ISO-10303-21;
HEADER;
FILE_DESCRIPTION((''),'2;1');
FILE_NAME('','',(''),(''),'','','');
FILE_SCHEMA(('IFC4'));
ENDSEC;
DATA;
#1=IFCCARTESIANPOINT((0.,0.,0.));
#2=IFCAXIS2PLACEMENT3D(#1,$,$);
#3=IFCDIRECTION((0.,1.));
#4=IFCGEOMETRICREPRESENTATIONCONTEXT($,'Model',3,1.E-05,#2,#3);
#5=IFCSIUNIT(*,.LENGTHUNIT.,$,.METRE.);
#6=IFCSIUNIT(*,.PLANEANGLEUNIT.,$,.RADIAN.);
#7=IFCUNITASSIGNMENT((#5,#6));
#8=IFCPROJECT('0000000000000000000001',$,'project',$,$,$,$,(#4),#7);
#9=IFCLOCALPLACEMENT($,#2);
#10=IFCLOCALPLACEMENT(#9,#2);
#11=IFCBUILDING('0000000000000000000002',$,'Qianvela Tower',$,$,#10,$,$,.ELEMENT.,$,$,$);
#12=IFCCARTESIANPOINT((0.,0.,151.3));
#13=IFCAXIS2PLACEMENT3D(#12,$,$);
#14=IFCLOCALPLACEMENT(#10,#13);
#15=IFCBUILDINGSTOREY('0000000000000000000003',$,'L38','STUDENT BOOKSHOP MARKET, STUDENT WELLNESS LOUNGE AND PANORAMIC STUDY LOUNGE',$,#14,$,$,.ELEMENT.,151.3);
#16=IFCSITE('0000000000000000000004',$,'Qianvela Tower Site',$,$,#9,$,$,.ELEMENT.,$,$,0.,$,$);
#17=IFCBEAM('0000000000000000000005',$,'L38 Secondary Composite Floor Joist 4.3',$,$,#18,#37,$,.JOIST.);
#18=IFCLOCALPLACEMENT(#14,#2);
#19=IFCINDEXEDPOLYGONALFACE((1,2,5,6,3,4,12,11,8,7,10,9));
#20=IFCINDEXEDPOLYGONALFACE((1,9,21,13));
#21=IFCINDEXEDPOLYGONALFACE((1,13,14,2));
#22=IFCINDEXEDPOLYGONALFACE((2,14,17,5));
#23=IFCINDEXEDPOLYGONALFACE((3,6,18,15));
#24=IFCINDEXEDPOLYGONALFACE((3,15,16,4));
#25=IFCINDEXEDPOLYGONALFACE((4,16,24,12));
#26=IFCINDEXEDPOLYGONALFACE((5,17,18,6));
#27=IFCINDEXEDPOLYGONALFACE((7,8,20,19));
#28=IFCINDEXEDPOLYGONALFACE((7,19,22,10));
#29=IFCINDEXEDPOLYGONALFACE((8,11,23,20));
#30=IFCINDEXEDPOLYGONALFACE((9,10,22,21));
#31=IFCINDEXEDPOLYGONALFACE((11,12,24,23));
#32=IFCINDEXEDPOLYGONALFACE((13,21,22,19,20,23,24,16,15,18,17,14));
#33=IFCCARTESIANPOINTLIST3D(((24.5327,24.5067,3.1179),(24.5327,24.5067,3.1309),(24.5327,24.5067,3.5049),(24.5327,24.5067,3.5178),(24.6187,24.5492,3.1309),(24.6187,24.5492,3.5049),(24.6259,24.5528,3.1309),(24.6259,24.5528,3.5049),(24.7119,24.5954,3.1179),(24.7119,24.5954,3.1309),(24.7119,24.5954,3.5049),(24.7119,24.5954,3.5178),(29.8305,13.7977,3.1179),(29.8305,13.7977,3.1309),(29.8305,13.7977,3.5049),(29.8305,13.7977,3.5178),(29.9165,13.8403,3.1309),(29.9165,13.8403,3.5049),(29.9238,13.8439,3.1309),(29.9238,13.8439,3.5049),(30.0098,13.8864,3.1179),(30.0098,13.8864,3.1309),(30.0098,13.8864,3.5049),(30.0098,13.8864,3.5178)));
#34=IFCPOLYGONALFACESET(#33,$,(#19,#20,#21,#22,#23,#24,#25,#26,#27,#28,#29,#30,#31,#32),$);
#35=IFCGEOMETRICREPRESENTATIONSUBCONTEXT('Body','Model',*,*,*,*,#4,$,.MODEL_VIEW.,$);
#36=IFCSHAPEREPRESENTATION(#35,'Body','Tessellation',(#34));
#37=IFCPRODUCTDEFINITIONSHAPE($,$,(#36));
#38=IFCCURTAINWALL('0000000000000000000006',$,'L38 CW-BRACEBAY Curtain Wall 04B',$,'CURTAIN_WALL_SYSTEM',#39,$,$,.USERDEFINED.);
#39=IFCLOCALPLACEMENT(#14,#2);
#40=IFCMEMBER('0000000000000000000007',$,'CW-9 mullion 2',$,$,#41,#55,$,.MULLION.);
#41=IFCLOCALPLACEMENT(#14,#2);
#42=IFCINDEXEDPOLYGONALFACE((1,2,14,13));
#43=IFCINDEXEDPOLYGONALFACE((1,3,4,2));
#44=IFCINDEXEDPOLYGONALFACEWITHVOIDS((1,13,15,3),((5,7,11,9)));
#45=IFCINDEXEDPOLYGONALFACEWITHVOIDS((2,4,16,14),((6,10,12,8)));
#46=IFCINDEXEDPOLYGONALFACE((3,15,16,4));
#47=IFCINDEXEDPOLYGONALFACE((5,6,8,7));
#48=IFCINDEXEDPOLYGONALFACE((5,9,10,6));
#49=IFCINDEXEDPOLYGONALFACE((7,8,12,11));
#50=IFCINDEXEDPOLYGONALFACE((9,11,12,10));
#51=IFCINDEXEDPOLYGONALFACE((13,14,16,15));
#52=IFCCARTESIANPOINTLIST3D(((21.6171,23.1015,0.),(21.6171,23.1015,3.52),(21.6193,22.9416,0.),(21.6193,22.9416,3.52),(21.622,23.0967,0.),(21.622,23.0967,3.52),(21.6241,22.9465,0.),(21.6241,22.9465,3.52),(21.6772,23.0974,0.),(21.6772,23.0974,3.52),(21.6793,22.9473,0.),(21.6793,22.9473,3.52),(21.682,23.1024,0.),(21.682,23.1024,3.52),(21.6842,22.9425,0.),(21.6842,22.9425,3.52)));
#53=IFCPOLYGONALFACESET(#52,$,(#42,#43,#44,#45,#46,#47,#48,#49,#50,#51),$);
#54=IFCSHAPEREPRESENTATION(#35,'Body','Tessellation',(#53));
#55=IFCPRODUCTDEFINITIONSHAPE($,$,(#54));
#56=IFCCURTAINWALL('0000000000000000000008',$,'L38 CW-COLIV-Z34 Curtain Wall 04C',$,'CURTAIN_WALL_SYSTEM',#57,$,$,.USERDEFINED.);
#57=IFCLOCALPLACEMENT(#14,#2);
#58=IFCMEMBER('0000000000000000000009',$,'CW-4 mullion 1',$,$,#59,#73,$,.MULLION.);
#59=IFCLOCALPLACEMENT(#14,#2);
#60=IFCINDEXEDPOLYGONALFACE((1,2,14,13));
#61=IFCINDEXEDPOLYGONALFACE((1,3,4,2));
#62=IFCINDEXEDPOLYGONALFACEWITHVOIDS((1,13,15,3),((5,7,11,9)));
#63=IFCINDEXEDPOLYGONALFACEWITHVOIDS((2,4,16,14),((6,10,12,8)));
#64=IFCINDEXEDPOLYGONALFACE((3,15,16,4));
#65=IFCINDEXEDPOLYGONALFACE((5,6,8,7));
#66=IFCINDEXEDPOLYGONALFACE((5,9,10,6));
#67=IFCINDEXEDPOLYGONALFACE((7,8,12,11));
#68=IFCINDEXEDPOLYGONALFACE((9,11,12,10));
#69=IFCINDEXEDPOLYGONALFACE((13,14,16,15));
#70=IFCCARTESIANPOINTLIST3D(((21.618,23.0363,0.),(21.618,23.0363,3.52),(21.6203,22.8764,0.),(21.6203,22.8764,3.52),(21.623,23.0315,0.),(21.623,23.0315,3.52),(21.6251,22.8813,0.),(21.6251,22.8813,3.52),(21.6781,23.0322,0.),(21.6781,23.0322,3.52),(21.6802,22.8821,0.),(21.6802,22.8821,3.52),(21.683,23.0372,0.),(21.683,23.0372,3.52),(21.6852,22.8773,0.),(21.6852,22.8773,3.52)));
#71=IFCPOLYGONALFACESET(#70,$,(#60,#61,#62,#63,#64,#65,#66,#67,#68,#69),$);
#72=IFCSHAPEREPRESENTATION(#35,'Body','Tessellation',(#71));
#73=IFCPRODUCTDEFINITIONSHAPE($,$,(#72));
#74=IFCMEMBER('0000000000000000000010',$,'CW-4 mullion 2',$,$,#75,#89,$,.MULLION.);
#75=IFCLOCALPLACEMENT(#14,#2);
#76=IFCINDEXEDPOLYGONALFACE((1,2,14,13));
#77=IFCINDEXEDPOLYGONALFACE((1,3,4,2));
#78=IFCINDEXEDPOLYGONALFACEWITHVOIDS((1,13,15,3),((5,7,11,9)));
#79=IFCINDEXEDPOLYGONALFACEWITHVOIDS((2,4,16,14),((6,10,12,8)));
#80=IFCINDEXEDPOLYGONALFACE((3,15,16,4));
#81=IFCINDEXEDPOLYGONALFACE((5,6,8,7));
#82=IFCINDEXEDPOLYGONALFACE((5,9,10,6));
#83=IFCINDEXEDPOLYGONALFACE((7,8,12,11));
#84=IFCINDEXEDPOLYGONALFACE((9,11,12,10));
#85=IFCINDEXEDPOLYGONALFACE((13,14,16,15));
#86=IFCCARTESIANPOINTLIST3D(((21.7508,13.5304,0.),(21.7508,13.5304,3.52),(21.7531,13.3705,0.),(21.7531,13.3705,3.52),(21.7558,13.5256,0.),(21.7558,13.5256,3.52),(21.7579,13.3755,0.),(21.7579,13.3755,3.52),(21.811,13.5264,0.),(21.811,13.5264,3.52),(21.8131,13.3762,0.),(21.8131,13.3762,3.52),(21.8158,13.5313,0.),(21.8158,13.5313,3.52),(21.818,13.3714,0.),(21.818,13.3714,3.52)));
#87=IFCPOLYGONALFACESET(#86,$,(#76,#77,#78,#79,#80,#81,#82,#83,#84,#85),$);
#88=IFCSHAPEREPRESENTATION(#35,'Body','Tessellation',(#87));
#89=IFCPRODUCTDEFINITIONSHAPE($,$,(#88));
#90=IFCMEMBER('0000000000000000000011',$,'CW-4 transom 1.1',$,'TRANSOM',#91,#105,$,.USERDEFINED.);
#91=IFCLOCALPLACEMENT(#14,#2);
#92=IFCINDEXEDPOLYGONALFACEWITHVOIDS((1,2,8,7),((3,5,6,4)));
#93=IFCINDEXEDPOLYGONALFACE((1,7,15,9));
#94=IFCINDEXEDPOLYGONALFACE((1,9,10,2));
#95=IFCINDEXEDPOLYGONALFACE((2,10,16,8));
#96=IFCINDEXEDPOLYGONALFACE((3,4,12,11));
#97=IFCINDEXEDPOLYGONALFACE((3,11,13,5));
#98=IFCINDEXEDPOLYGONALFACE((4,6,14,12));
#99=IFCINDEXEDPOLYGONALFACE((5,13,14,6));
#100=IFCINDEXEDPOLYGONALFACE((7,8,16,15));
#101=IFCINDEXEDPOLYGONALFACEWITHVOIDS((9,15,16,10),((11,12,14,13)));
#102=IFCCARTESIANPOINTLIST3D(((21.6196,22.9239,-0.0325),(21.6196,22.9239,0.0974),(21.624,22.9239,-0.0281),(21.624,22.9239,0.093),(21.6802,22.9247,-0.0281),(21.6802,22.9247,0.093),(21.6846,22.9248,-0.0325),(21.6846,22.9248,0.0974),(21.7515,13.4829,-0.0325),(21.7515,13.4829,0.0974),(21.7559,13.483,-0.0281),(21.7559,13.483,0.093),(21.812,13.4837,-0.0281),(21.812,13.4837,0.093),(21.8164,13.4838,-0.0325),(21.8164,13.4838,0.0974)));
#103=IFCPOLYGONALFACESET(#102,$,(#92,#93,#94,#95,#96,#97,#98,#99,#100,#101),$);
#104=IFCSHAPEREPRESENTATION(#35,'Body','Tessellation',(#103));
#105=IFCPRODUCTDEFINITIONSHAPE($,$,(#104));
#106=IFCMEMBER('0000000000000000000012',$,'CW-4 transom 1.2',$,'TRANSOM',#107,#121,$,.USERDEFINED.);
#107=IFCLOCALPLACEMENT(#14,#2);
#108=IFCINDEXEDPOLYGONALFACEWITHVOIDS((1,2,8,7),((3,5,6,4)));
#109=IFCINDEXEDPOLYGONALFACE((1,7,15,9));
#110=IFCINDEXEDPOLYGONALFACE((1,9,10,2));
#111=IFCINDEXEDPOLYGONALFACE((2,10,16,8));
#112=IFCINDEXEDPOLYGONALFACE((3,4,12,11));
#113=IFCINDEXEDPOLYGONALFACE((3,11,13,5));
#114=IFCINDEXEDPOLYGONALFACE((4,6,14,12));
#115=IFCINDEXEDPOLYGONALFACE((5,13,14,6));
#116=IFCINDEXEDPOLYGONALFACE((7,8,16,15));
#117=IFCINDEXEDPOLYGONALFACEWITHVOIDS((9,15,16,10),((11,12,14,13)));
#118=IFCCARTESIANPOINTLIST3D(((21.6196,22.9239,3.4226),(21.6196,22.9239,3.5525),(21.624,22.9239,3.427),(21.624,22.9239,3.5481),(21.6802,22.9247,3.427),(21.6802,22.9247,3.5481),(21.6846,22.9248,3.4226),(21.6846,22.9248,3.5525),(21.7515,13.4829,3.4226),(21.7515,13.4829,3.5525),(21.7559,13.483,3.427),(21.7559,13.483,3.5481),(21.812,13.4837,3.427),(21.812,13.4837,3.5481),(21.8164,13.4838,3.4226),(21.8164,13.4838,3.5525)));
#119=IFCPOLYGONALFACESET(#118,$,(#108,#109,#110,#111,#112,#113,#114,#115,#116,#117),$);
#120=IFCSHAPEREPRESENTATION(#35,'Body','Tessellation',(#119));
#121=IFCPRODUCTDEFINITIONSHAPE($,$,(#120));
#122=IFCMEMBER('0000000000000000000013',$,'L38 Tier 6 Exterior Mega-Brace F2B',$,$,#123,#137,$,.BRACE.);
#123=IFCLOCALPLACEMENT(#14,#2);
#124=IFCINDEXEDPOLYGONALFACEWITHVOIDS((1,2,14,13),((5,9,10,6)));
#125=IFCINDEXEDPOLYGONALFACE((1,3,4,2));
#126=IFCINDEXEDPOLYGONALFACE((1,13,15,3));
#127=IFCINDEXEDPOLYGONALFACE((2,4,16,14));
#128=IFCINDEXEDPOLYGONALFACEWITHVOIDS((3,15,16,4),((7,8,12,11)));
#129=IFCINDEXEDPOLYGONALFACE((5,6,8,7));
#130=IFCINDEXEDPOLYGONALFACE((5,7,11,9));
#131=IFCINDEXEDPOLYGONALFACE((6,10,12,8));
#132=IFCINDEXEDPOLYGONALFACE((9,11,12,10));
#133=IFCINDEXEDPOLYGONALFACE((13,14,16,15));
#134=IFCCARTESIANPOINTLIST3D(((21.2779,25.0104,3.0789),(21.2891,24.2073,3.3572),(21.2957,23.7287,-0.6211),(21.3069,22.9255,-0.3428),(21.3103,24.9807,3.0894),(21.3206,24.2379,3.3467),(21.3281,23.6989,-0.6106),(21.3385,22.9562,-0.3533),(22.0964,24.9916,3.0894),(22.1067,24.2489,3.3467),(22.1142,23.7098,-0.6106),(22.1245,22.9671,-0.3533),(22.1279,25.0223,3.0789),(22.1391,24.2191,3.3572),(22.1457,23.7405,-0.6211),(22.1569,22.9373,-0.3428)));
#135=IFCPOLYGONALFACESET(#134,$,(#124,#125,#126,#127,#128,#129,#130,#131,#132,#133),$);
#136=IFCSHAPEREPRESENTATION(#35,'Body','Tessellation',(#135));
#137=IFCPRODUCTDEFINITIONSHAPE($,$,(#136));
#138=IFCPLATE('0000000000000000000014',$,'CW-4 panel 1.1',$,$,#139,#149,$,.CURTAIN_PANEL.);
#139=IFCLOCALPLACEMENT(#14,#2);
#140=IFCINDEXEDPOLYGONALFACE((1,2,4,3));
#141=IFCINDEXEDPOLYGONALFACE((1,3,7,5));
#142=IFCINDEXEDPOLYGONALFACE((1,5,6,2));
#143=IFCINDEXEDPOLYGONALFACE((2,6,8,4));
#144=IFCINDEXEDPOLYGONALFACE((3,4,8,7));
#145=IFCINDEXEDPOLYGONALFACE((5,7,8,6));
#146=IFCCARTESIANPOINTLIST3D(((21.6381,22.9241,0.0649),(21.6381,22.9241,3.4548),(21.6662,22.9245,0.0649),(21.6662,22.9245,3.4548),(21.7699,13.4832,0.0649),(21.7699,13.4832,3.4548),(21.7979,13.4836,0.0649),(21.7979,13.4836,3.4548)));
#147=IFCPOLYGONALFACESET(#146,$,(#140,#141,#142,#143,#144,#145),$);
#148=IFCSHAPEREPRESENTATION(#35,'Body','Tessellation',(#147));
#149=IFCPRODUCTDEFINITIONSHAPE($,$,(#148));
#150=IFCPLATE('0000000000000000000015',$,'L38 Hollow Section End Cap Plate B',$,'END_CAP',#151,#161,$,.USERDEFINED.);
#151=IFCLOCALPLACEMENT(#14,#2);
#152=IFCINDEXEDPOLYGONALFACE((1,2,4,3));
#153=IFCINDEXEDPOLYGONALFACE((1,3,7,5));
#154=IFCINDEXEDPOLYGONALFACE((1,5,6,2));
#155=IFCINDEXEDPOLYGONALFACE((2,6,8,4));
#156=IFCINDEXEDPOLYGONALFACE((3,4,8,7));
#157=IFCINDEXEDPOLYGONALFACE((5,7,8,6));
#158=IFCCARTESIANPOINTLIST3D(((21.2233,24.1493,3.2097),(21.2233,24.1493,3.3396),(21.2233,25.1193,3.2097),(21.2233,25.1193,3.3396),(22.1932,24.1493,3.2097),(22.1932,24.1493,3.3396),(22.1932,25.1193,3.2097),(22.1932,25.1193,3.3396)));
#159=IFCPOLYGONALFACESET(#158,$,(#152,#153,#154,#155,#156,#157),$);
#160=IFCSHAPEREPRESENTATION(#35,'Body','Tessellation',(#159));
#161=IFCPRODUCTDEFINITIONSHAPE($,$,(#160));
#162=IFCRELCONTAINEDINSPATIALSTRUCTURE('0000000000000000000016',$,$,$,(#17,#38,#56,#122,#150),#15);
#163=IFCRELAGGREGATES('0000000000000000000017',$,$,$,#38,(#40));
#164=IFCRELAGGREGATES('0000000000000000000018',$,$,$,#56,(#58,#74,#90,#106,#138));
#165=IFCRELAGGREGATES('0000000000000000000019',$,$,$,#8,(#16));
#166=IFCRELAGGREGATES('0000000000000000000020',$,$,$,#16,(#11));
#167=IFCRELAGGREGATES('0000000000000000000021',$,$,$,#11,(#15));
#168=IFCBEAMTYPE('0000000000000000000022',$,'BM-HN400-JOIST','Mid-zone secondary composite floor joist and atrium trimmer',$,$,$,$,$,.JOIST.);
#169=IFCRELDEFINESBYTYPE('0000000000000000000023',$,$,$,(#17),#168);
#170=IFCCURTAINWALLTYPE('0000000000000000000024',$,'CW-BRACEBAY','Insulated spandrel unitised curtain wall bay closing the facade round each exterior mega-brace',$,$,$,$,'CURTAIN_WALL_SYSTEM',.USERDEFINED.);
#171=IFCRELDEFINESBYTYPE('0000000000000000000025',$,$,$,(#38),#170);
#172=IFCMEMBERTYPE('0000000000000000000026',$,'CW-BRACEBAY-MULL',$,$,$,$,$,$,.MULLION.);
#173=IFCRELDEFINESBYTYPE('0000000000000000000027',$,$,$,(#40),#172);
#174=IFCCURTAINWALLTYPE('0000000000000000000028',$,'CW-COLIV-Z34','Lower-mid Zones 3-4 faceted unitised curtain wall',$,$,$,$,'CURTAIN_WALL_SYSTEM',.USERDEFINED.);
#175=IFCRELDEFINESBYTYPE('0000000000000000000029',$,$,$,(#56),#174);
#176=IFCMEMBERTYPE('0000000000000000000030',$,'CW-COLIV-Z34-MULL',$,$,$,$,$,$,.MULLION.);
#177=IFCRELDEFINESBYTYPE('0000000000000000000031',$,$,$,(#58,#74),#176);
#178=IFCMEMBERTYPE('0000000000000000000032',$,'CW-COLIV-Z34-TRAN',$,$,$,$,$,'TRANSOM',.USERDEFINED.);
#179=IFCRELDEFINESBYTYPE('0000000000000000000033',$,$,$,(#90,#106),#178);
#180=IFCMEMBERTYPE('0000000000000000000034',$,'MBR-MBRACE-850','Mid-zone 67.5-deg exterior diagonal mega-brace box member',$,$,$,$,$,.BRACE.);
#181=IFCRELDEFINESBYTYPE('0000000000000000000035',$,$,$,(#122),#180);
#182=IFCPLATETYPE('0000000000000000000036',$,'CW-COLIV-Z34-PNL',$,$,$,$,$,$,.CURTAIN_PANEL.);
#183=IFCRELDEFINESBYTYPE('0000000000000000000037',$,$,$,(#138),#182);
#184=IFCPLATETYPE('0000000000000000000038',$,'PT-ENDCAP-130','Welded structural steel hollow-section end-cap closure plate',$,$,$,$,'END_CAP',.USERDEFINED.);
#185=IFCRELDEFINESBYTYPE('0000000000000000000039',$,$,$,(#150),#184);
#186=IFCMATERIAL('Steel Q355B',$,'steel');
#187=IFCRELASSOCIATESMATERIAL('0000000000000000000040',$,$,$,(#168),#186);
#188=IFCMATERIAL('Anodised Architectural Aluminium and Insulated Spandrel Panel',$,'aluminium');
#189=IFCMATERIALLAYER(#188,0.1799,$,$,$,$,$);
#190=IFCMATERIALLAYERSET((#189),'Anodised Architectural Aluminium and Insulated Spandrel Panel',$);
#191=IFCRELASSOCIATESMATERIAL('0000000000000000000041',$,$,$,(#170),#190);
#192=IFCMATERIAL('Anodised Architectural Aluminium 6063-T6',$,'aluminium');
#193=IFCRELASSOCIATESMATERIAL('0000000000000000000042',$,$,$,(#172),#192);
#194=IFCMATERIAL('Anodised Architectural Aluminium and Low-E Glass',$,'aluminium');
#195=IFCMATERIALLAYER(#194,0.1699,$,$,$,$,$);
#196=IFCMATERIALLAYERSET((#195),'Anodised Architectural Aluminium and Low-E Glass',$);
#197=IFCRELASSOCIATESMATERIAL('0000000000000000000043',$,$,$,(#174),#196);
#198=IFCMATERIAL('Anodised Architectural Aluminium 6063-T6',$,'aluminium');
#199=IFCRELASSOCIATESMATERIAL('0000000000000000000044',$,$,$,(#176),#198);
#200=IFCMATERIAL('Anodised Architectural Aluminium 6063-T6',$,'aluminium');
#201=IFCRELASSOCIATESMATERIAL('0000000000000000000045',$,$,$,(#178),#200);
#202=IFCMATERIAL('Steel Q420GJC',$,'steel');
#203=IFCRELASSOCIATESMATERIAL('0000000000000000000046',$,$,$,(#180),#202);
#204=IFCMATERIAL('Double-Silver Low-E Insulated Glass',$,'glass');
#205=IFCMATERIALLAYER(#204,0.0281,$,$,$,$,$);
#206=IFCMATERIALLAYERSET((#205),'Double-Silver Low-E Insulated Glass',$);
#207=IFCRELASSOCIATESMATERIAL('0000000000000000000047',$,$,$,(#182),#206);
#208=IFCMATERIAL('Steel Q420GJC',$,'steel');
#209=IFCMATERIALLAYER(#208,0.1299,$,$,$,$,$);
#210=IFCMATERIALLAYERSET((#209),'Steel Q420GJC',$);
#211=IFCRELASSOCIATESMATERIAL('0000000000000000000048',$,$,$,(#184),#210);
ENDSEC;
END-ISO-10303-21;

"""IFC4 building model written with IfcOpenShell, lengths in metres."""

from ifc_helpers import new_model, si_unit, direction, frame, origin, origin_2d, place, context, subcontext, project, spatial, rectangle, hollow_rectangle, i_section, extrude, material, layer, layer_set, material_profile, profile_set, type_object, element, aggregate, save


model = new_model("IFC4")

# Units and contexts
model_context = context("Model", 3, precision=1e-05, world=origin(), true_north=direction((0.0, 1.0)))
body_context = subcontext(model_context, "Body", "Model", "MODEL_VIEW")
ifc_project = project(units=[si_unit("LENGTHUNIT", "METRE"), si_unit("PLANEANGLEUNIT", "RADIAN")], contexts=[model_context])

# Site, building, storey
site_placement = place(None, origin())
site = spatial("IfcSite", under=ifc_project, at=site_placement, Name="Qianvela Tower Site", CompositionType="ELEMENT", RefElevation=0.0)
building_placement = place(site_placement, origin())
building = spatial("IfcBuilding", under=site, at=building_placement, Name="Qianvela Tower", CompositionType="ELEMENT")
storey_placement = place(building_placement, frame((0.0, 0.0, 151.3)))
storey = spatial("IfcBuildingStorey", under=building, at=storey_placement, Name="L38", Description="STUDENT BOOKSHOP MARKET, STUDENT WELLNESS LOUNGE AND PANORAMIC STUDY LOUNGE", CompositionType="ELEMENT", Elevation=151.3)

# Beam
ifc_material_1 = material(Name="Steel Q355B", Category="steel")
ifc_material_profile_1 = material_profile(ifc_material_1, i_section(OverallWidth=0.2, OverallDepth=0.3999, WebThickness=0.0081, FlangeThickness=0.0129, at=origin_2d()), Name="HN400x200x8x13")
ifc_profile_set_1 = profile_set([ifc_material_profile_1], Name="Steel Q355B")
beam_type = type_object("IfcBeamType", Name="BM-HN400-JOIST", Description="Mid-zone secondary composite floor joist and atrium trimmer", PredefinedType="JOIST", material=ifc_profile_set_1)
beam_placement = place(storey_placement, frame((24.6223, 24.551, 3.3179), z_axis=(0.443417, -0.896315, 0.0), x_axis=(0.896315, 0.443417, 0.0)))
element("IfcBeam", 1, at=beam_placement, inside=storey, type_object=beam_type, Name="L38 Secondary Composite Floor Joist 4.3", PredefinedType="JOIST", context=body_context, shape_type="SweptSolid", body=[
    extrude(i_section(OverallWidth=0.2, OverallDepth=0.3999, WebThickness=0.0081, FlangeThickness=0.0129, at=origin_2d()), origin(), (0.0, 0.0, 1.0), 11.9478),
])

# Curtain wall, member
ifc_material_2 = material(Name="Anodised Architectural Aluminium and Insulated Spandrel Panel", Category="aluminium")
ifc_layer_1 = layer(ifc_material_2, 0.1799)
ifc_layer_set_1 = layer_set([ifc_layer_1], Name="Anodised Architectural Aluminium and Insulated Spandrel Panel")
curtain_wall_type_1 = type_object("IfcCurtainWallType", Name="CW-BRACEBAY", Description="Insulated spandrel unitised curtain wall bay closing the facade round each exterior mega-brace", ElementType="CURTAIN_WALL_SYSTEM", PredefinedType="USERDEFINED", material=ifc_layer_set_1)
curtain_wall_1_placement = place(storey_placement, origin())
curtain_wall_1 = element("IfcCurtainWall", 2, at=curtain_wall_1_placement, inside=storey, type_object=curtain_wall_type_1, Name="L38 CW-BRACEBAY Curtain Wall 04B", ObjectType="CURTAIN_WALL_SYSTEM", PredefinedType="USERDEFINED")
ifc_material_3 = material(Name="Anodised Architectural Aluminium 6063-T6", Category="aluminium")
ifc_material_profile_2 = material_profile(ifc_material_3, hollow_rectangle(XDim=0.0649, YDim=0.1599, WallThickness=0.0049, at=origin_2d()), Name="ALU-MULL-65x160")
ifc_profile_set_2 = profile_set([ifc_material_profile_2], Name="Anodised Architectural Aluminium 6063-T6")
member_type_1 = type_object("IfcMemberType", Name="CW-BRACEBAY-MULL", PredefinedType="MULLION", material=ifc_profile_set_2)
member_1_placement = place(storey_placement, frame((21.6506, 23.022, 0.0), z_axis=(0.0, 0.0, 1.0), x_axis=(0.999902, 0.013969, 0.0)))
member_1 = element("IfcMember", 3, at=member_1_placement, type_object=member_type_1, Name="CW-9 mullion 2", PredefinedType="MULLION", context=body_context, shape_type="SweptSolid", body=[
    extrude(hollow_rectangle(XDim=0.0649, YDim=0.1599, WallThickness=0.0049, at=origin_2d()), origin(), (0.0, 0.0, 1.0), 3.52),
])
aggregate(curtain_wall_1, [member_1])

# Curtain wall, members
ifc_material_4 = material(Name="Anodised Architectural Aluminium and Low-E Glass", Category="aluminium")
ifc_layer_2 = layer(ifc_material_4, 0.1699)
ifc_layer_set_2 = layer_set([ifc_layer_2], Name="Anodised Architectural Aluminium and Low-E Glass")
curtain_wall_type_2 = type_object("IfcCurtainWallType", Name="CW-COLIV-Z34", Description="Lower-mid Zones 3-4 faceted unitised curtain wall", ElementType="CURTAIN_WALL_SYSTEM", PredefinedType="USERDEFINED", material=ifc_layer_set_2)
curtain_wall_2_placement = place(storey_placement, origin())
curtain_wall_2 = element("IfcCurtainWall", 4, at=curtain_wall_2_placement, inside=storey, type_object=curtain_wall_type_2, Name="L38 CW-COLIV-Z34 Curtain Wall 04C", ObjectType="CURTAIN_WALL_SYSTEM", PredefinedType="USERDEFINED")
ifc_material_5 = material(Name="Anodised Architectural Aluminium 6063-T6", Category="aluminium")
ifc_material_profile_3 = material_profile(ifc_material_5, hollow_rectangle(XDim=0.0649, YDim=0.1599, WallThickness=0.0049, at=origin_2d()), Name="ALU-MULL-65x160")
ifc_profile_set_3 = profile_set([ifc_material_profile_3], Name="Anodised Architectural Aluminium 6063-T6")
member_type_2 = type_object("IfcMemberType", Name="CW-COLIV-Z34-MULL", PredefinedType="MULLION", material=ifc_profile_set_3)
member_2_placement = place(storey_placement, frame((21.6516, 22.9568, 0.0), z_axis=(0.0, 0.0, 1.0), x_axis=(0.999903, 0.013957, 0.0)))
member_2 = element("IfcMember", 5, at=member_2_placement, type_object=member_type_2, Name="CW-4 mullion 1", PredefinedType="MULLION", context=body_context, shape_type="SweptSolid", body=[
    extrude(hollow_rectangle(XDim=0.0649, YDim=0.1599, WallThickness=0.0049, at=origin_2d()), origin(), (0.0, 0.0, 1.0), 3.52),
])
member_3_placement = place(storey_placement, frame((21.7844, 13.4509, 0.0), z_axis=(0.0, 0.0, 1.0), x_axis=(0.999903, 0.013957, 0.0)))
member_3 = element("IfcMember", 6, at=member_3_placement, type_object=member_type_2, Name="CW-4 mullion 2", PredefinedType="MULLION", context=body_context, shape_type="SweptSolid", body=[
    extrude(hollow_rectangle(XDim=0.0649, YDim=0.1599, WallThickness=0.0049, at=origin_2d()), origin(), (0.0, 0.0, 1.0), 3.52),
])
ifc_material_6 = material(Name="Anodised Architectural Aluminium 6063-T6", Category="aluminium")
ifc_material_profile_4 = material_profile(ifc_material_6, hollow_rectangle(XDim=0.0649, YDim=0.1299, WallThickness=0.0044, at=origin_2d()), Name="ALU-TRAN-65x130")
ifc_profile_set_4 = profile_set([ifc_material_profile_4], Name="Anodised Architectural Aluminium 6063-T6")
member_type_3 = type_object("IfcMemberType", Name="CW-COLIV-Z34-TRAN", ElementType="TRANSOM", PredefinedType="USERDEFINED", material=ifc_profile_set_4)
member_4_placement = place(storey_placement, frame((21.6521, 22.9243, 0.0325), z_axis=(0.013963, -0.999903, 0.0), x_axis=(0.999903, 0.013963, 0.0)))
member_4 = element("IfcMember", 7, at=member_4_placement, type_object=member_type_3, Name="CW-4 transom 1.1", ObjectType="TRANSOM", PredefinedType="USERDEFINED", context=body_context, shape_type="SweptSolid", body=[
    extrude(hollow_rectangle(XDim=0.0649, YDim=0.1299, WallThickness=0.0044, at=origin_2d()), origin(), (0.0, 0.0, 1.0), 9.4419),
])
member_5_placement = place(storey_placement, frame((21.6521, 22.9243, 3.4875), z_axis=(0.013963, -0.999903, 0.0), x_axis=(0.999903, 0.013963, 0.0)))
member_5 = element("IfcMember", 8, at=member_5_placement, type_object=member_type_3, Name="CW-4 transom 1.2", ObjectType="TRANSOM", PredefinedType="USERDEFINED", context=body_context, shape_type="SweptSolid", body=[
    extrude(hollow_rectangle(XDim=0.0649, YDim=0.1299, WallThickness=0.0044, at=origin_2d()), origin(), (0.0, 0.0, 1.0), 9.4419),
])

# Member
ifc_material_7 = material(Name="Steel Q420GJC", Category="steel")
ifc_material_profile_5 = material_profile(ifc_material_7, hollow_rectangle(XDim=0.8501, YDim=0.8501, WallThickness=0.032, at=origin_2d()), Name="MBOX-850x850x32")
ifc_profile_set_5 = profile_set([ifc_material_profile_5], Name="Steel Q420GJC")
member_type_4 = type_object("IfcMemberType", Name="MBR-MBRACE-850", Description="Mid-zone 67.5-deg exterior diagonal mega-brace box member", PredefinedType="BRACE", material=ifc_profile_set_5)
member_6_placement = place(storey_placement, frame((21.7263, 23.333, -0.4819), z_axis=(-0.004551, 0.327332, 0.944898), x_axis=(-0.999903, -0.013903, 0.0)))
element("IfcMember", 9, at=member_6_placement, inside=storey, type_object=member_type_4, Name="L38 Tier 6 Exterior Mega-Brace F2B", PredefinedType="BRACE", context=body_context, shape_type="SweptSolid", body=[
    extrude(hollow_rectangle(XDim=0.8501, YDim=0.8501, WallThickness=0.032, at=origin_2d()), origin(), (0.0, 0.0, 1.0), 3.9158),
])

# Plates
ifc_material_8 = material(Name="Double-Silver Low-E Insulated Glass", Category="glass")
ifc_layer_3 = layer(ifc_material_8, 0.0281)
ifc_layer_set_3 = layer_set([ifc_layer_3], Name="Double-Silver Low-E Insulated Glass")
plate_type_1 = type_object("IfcPlateType", Name="CW-COLIV-Z34-PNL", PredefinedType="CURTAIN_PANEL", material=ifc_layer_set_3)
plate_1_placement = place(storey_placement, frame((21.718, 18.2039, 0.0649), z_axis=(0.0, 0.0, 1.0), x_axis=(0.013957, -0.999903, 0.0)))
plate_1 = element("IfcPlate", 10, at=plate_1_placement, type_object=plate_type_1, Name="CW-4 panel 1.1", PredefinedType="CURTAIN_PANEL", context=body_context, shape_type="SweptSolid", body=[
    extrude(rectangle(XDim=9.4419, YDim=0.0281, at=origin_2d()), origin(), (0.0, 0.0, 1.0), 3.3899),
])
aggregate(curtain_wall_2, [member_2, member_3, member_4, member_5, plate_1])
ifc_material_9 = material(Name="Steel Q420GJC", Category="steel")
ifc_layer_4 = layer(ifc_material_9, 0.1299)
ifc_layer_set_4 = layer_set([ifc_layer_4], Name="Steel Q420GJC")
plate_type_2 = type_object("IfcPlateType", Name="PT-ENDCAP-130", Description="Welded structural steel hollow-section end-cap closure plate", ElementType="END_CAP", PredefinedType="USERDEFINED", material=ifc_layer_set_4)
plate_2_placement = place(storey_placement, frame((21.7083, 24.6343, 3.2097), z_axis=(0.0, 0.0, 1.0), x_axis=(1.0, 0.0, 0.0)))
element("IfcPlate", 11, at=plate_2_placement, inside=storey, type_object=plate_type_2, Name="L38 Hollow Section End Cap Plate B", ObjectType="END_CAP", PredefinedType="USERDEFINED", context=body_context, shape_type="SweptSolid", body=[
    extrude(rectangle(XDim=0.97, YDim=0.97, at=origin_2d()), origin(), (0.0, 0.0, 1.0), 0.1299),
])

save(model, "model.ifc")
